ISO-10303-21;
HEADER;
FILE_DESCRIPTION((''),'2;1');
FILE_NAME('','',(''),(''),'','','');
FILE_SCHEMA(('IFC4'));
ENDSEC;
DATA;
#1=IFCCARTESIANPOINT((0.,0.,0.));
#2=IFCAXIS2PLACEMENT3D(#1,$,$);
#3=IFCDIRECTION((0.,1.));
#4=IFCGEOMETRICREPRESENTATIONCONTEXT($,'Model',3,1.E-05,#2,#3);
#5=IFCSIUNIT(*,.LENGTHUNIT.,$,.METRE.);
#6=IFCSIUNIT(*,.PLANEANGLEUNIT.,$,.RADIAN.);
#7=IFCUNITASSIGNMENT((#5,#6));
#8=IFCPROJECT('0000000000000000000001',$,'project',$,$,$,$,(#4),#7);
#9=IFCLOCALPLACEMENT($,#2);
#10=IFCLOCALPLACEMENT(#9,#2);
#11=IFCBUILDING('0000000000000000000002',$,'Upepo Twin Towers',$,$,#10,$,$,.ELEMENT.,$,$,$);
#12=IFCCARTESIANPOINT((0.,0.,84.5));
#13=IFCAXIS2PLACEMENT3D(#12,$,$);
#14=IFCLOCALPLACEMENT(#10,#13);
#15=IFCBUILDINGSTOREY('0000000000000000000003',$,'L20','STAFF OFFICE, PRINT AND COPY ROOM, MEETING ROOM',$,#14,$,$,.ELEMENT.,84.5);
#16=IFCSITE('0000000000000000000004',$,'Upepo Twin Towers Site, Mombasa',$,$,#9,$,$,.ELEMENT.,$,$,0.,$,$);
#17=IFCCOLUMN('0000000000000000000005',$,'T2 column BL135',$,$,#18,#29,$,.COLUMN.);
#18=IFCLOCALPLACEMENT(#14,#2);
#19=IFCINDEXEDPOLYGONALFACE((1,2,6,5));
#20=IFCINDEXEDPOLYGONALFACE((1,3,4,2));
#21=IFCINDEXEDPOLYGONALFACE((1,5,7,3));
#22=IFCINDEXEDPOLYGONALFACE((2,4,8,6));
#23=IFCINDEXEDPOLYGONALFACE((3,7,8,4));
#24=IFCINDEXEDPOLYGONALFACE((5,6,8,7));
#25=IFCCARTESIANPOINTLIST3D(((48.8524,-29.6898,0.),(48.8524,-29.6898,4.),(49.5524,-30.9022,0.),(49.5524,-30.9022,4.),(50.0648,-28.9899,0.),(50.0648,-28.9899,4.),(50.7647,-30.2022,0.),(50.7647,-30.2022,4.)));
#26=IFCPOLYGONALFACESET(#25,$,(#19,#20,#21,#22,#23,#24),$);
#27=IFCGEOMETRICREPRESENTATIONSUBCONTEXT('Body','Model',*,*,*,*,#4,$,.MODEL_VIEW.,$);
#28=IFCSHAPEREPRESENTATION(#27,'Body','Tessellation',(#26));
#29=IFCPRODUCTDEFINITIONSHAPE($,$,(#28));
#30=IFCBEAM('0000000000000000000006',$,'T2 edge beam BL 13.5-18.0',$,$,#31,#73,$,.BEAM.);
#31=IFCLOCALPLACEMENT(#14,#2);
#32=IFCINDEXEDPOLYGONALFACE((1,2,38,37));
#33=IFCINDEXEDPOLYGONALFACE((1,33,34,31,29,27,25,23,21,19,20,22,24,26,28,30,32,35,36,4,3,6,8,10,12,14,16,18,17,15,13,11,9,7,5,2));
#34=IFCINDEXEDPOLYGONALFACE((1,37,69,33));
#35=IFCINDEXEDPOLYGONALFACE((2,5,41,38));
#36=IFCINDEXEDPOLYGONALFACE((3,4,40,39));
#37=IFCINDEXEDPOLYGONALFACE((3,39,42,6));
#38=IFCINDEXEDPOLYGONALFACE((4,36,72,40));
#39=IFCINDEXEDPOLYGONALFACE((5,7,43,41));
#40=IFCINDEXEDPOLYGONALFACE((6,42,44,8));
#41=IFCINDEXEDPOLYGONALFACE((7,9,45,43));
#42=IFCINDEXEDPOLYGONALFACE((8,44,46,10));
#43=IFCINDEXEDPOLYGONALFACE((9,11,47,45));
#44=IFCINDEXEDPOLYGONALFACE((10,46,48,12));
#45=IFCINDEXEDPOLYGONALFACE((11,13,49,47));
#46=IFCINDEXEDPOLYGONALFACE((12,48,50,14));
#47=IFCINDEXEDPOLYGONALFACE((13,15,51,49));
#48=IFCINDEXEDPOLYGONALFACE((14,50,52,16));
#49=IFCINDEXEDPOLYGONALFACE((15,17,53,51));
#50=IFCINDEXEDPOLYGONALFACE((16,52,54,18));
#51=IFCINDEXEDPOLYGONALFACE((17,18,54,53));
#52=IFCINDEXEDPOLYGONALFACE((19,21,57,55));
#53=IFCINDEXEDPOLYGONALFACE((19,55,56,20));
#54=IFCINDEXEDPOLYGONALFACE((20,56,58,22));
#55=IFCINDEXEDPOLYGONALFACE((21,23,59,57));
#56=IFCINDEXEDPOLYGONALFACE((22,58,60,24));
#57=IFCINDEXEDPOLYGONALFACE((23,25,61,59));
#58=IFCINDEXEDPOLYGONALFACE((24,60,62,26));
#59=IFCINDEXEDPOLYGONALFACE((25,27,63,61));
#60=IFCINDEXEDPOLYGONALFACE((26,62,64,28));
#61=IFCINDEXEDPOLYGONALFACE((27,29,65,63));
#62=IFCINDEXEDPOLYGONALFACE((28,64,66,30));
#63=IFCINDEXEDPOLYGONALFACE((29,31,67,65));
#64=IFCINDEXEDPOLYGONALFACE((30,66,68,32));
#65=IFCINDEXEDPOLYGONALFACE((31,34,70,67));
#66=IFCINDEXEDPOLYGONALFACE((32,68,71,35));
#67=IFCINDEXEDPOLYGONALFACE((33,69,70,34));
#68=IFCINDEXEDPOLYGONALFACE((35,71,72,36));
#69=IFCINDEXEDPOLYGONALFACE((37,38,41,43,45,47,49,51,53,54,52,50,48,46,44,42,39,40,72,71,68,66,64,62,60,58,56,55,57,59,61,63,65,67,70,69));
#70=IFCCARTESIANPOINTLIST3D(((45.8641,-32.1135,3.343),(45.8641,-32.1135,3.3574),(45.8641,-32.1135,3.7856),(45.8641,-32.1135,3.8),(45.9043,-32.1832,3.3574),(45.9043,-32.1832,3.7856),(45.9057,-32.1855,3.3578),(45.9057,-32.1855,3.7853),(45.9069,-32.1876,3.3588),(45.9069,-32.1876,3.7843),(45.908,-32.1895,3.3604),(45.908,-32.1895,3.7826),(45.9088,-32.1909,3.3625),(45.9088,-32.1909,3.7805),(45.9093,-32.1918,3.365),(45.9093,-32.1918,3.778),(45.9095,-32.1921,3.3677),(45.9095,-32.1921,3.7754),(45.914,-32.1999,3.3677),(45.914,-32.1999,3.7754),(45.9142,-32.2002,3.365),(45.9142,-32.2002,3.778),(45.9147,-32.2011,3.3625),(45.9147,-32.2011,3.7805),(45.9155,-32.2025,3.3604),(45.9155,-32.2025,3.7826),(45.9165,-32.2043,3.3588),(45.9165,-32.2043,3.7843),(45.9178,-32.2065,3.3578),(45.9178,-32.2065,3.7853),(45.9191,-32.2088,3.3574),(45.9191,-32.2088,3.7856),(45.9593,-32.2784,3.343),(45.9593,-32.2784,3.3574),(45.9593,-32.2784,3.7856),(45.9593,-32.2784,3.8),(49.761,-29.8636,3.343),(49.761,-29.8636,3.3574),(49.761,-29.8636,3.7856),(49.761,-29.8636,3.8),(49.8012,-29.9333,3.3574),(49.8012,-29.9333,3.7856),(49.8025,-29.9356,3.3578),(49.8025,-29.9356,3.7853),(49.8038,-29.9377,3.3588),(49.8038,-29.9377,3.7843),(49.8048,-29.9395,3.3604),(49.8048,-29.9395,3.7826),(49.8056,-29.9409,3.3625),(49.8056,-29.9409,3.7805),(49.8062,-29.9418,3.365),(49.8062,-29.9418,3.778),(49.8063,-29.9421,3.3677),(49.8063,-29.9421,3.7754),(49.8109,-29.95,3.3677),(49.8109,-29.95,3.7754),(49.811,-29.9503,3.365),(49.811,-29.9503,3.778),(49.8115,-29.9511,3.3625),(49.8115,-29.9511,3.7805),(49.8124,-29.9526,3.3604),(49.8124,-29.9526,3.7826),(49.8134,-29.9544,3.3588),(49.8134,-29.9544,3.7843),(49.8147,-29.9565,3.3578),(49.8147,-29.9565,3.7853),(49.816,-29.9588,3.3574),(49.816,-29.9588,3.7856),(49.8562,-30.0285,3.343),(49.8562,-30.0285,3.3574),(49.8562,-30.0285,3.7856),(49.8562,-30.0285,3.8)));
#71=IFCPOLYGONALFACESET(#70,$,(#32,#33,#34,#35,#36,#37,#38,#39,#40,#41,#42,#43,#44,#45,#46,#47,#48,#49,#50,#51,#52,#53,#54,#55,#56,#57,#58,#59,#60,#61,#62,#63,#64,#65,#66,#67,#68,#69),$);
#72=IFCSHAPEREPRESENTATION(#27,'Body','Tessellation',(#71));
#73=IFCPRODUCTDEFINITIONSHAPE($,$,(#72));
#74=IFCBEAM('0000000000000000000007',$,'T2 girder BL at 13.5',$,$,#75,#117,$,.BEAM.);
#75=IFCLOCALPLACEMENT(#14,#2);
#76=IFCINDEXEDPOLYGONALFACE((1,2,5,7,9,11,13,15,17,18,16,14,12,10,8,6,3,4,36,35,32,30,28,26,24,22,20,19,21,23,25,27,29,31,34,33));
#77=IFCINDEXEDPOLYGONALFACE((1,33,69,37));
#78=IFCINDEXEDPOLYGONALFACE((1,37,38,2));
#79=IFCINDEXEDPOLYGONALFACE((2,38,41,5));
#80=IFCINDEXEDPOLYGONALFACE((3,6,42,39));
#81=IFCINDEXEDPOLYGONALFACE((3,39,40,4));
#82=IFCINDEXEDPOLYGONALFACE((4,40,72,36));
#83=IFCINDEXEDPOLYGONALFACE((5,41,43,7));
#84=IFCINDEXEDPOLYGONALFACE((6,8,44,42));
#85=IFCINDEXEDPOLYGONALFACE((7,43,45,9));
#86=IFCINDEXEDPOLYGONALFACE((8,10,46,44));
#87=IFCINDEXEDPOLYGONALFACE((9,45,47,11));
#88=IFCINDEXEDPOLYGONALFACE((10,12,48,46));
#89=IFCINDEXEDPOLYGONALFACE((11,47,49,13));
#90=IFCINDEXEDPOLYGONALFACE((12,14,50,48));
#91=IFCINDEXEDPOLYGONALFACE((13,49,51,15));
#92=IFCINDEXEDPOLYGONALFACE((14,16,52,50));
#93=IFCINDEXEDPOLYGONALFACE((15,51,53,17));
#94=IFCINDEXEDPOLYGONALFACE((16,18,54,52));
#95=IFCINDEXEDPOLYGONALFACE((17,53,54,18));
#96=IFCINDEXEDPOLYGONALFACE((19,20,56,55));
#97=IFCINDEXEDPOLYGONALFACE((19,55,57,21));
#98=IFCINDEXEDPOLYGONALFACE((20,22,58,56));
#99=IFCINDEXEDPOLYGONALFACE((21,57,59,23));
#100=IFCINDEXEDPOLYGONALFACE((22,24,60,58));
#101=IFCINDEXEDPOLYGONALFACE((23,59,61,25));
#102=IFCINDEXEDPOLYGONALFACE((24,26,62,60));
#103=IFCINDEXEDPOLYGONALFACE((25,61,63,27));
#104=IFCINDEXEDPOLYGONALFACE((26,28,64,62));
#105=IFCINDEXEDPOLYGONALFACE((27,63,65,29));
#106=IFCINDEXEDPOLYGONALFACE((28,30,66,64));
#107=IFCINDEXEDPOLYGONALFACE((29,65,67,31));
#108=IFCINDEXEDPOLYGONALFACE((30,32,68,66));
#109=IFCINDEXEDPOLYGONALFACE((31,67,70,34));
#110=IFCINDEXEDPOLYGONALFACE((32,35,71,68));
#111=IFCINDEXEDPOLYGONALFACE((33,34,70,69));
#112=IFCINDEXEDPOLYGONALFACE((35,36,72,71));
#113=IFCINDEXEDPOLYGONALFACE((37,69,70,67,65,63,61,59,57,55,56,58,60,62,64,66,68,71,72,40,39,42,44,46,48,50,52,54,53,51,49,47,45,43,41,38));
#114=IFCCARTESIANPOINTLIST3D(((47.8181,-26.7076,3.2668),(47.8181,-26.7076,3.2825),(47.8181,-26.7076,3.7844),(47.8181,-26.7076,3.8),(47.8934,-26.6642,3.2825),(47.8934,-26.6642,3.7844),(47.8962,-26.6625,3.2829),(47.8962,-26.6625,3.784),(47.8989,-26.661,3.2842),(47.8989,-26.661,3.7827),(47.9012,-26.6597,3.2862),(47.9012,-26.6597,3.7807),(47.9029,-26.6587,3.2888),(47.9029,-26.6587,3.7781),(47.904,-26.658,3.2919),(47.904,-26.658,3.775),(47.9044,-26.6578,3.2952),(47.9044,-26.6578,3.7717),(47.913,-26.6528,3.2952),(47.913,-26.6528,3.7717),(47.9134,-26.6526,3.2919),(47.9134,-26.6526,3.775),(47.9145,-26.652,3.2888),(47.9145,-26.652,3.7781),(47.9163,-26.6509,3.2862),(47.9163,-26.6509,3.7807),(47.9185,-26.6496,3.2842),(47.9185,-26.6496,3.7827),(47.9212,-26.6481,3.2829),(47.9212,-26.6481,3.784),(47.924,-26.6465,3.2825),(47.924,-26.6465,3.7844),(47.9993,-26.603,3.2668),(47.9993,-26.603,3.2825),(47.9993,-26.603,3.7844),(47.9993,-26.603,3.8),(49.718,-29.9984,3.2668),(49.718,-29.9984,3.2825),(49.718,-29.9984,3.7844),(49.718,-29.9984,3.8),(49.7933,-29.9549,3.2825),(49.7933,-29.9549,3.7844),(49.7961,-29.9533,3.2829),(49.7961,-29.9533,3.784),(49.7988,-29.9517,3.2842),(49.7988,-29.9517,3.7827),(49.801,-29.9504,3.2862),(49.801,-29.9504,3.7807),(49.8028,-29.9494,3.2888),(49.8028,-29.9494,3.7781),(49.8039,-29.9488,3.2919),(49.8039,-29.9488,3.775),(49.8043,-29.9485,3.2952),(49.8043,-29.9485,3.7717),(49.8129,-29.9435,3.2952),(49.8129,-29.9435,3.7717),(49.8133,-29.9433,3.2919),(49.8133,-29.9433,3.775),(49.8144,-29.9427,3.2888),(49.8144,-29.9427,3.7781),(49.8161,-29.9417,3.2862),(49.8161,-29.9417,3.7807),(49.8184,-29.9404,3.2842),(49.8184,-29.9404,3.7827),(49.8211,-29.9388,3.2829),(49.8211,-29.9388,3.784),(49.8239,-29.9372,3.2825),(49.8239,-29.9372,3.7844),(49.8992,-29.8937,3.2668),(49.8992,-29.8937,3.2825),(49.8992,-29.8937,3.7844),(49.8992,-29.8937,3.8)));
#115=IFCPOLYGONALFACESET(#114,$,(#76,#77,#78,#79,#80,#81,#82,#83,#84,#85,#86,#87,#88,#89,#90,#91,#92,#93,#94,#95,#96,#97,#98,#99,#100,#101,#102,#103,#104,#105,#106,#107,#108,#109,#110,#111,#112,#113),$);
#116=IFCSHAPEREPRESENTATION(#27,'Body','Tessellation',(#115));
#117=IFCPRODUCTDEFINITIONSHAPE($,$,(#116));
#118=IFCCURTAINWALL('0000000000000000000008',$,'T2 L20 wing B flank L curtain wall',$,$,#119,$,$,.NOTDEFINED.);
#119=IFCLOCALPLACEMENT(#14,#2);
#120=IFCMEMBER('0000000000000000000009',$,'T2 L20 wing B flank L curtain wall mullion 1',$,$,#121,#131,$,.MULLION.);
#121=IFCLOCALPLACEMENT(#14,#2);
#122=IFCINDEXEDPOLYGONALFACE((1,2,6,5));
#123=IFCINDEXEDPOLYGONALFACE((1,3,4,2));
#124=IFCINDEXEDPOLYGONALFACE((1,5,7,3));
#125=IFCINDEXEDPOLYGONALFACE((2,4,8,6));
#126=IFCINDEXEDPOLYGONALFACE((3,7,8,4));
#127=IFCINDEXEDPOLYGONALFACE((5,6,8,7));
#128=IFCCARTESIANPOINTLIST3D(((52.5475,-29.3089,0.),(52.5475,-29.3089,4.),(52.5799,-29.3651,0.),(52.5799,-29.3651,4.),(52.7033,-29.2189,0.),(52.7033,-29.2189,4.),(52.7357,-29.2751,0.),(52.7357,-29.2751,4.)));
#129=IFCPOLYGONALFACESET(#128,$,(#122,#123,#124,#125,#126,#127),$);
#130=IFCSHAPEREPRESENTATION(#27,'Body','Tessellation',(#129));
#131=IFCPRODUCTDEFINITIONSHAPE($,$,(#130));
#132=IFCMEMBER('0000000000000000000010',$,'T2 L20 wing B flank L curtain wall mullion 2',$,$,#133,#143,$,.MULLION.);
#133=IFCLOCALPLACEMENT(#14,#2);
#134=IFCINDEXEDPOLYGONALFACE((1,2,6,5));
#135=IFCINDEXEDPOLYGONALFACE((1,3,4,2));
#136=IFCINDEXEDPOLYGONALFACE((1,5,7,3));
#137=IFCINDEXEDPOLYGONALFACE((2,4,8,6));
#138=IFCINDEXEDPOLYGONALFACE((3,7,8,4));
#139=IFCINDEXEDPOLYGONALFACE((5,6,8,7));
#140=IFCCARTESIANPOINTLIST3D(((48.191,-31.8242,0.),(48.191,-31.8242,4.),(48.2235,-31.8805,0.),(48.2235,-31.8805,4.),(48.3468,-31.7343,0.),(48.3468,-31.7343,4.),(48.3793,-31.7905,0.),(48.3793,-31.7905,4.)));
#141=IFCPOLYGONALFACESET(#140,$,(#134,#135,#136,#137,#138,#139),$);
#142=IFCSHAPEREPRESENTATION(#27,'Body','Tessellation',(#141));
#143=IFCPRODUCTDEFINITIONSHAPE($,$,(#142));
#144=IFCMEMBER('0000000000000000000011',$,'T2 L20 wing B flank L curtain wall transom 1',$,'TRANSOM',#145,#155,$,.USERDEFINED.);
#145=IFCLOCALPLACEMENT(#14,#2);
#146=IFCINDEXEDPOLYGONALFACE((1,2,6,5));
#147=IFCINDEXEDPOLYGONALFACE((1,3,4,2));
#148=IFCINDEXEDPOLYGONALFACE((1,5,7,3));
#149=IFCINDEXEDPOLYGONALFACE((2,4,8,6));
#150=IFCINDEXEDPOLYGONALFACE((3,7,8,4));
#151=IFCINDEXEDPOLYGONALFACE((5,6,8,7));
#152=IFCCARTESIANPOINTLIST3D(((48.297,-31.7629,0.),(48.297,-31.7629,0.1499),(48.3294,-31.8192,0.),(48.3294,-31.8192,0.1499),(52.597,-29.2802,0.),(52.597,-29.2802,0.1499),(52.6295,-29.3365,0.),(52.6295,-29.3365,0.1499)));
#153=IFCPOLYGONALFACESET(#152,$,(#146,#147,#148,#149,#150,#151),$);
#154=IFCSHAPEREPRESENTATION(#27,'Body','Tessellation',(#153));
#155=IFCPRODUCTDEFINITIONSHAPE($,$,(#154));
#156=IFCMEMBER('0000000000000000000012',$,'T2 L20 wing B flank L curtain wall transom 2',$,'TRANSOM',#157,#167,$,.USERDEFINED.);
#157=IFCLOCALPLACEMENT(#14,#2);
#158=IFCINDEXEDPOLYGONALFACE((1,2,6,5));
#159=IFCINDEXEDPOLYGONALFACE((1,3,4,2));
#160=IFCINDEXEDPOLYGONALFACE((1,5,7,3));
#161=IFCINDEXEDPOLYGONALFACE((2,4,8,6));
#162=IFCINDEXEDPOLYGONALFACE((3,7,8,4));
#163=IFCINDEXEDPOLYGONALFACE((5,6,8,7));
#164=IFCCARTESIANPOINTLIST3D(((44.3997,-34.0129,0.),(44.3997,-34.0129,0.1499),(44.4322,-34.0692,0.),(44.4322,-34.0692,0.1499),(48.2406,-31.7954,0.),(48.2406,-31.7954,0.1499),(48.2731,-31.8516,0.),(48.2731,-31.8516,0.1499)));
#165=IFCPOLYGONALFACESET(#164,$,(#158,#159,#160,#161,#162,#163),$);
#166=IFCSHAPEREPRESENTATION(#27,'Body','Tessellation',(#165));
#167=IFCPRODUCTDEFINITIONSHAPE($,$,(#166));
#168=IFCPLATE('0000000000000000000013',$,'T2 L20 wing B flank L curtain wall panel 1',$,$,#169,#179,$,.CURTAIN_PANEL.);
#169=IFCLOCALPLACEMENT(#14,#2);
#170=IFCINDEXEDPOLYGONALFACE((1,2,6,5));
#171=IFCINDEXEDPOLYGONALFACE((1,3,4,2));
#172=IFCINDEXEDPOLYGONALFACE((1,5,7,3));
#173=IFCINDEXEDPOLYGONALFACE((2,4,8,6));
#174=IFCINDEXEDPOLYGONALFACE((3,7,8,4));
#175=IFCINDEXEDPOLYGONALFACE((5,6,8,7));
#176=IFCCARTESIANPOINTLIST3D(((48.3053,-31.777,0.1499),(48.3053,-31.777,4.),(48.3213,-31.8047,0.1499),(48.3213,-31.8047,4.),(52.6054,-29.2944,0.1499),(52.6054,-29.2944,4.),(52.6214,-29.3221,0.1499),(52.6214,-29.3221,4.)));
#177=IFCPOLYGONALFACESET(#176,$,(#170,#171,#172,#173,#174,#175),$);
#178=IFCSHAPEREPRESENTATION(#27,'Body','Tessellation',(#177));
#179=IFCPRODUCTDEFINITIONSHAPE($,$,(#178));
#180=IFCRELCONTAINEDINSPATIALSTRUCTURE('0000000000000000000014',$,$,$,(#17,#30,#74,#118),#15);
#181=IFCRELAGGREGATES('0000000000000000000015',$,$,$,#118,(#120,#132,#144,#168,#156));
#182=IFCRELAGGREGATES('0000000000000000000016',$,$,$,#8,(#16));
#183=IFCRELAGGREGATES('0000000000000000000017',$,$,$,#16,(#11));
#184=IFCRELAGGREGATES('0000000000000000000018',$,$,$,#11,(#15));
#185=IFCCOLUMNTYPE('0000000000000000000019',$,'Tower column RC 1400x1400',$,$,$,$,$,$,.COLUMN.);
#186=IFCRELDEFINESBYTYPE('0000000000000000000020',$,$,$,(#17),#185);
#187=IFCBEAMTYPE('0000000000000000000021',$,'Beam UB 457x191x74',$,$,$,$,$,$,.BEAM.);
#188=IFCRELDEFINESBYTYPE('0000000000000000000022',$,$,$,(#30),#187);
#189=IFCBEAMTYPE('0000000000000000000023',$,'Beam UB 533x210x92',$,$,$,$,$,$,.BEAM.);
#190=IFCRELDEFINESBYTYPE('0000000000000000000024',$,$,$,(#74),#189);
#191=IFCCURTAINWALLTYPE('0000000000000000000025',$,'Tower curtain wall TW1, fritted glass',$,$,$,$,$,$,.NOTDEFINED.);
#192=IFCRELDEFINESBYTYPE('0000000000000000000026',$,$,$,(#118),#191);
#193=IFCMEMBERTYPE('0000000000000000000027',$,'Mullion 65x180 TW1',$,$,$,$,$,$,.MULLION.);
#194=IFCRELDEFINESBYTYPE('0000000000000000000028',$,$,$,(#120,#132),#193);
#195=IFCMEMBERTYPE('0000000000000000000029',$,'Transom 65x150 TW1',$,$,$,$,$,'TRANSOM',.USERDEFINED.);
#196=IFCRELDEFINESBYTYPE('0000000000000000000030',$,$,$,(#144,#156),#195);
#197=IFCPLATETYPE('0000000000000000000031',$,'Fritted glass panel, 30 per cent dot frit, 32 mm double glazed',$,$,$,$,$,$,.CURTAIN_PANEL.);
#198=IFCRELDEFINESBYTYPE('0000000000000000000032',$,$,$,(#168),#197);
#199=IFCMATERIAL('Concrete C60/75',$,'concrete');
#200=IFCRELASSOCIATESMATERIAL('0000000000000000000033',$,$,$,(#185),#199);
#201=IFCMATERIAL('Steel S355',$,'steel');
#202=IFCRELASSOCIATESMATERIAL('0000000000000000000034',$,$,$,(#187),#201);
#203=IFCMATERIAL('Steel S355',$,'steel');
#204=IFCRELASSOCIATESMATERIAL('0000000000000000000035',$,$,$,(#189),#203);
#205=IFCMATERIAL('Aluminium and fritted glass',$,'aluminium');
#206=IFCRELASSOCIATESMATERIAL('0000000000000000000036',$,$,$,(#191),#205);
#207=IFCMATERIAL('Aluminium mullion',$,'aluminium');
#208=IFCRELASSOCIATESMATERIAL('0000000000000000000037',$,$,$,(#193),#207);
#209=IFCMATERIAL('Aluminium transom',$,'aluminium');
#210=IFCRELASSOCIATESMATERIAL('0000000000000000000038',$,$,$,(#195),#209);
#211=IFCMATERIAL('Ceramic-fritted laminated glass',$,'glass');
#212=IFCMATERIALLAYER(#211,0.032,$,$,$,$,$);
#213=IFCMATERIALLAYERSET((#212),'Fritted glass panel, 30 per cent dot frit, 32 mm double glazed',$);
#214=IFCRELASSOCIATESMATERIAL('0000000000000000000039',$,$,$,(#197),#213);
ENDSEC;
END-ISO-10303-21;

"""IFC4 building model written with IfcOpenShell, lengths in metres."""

from ifc_helpers import new_model, si_unit, direction, frame, origin, origin_2d, place, context, subcontext, project, spatial, rectangle, i_section, extrude, material, layer, layer_set, material_profile, profile_set, type_object, element, aggregate, save


model = new_model("IFC4")

# Units and contexts
model_context = context("Model", 3, precision=1e-05, world=origin(), true_north=direction((0.0, 1.0)))
body_context = subcontext(model_context, "Body", "Model", "MODEL_VIEW")
ifc_project = project(units=[si_unit("LENGTHUNIT", "METRE"), si_unit("PLANEANGLEUNIT", "RADIAN")], contexts=[model_context])

# Site, building, storey
site_placement = place(None, origin())
site = spatial("IfcSite", under=ifc_project, at=site_placement, Name="Upepo Twin Towers Site, Mombasa", CompositionType="ELEMENT", RefElevation=0.0)
building_placement = place(site_placement, origin())
building = spatial("IfcBuilding", under=site, at=building_placement, Name="Upepo Twin Towers", CompositionType="ELEMENT")
storey_placement = place(building_placement, frame((0.0, 0.0, 84.5)))
storey = spatial("IfcBuildingStorey", under=building, at=storey_placement, Name="L20", Description="STAFF OFFICE, PRINT AND COPY ROOM, MEETING ROOM", CompositionType="ELEMENT", Elevation=84.5)

# Column
ifc_material_1 = material(Name="Concrete C60/75", Category="concrete")
ifc_material_profile_1 = material_profile(ifc_material_1, rectangle(XDim=1.3999, YDim=1.3999, at=origin_2d()), Name="RC 1400x1400")
ifc_profile_set_1 = profile_set([ifc_material_profile_1], Name="Concrete C60/75")
column_type = type_object("IfcColumnType", Name="Tower column RC 1400x1400", PredefinedType="COLUMN", material=ifc_profile_set_1)
column_placement = place(storey_placement, frame((49.8086, -29.946, 0.0), z_axis=(0.0, 0.0, 1.0), x_axis=(0.866025, 0.5, 0.0)))
element("IfcColumn", 1, at=column_placement, inside=storey, type_object=column_type, Name="T2 column BL135", PredefinedType="COLUMN", context=body_context, shape_type="SweptSolid", body=[
    extrude(rectangle(XDim=1.3999, YDim=1.3999, at=origin_2d()), origin(), (0.0, 0.0, 1.0), 4.0),
])

# Beams
ifc_material_2 = material(Name="Steel S355", Category="steel")
ifc_material_profile_2 = material_profile(ifc_material_2, i_section(OverallWidth=0.1904, OverallDepth=0.457, WebThickness=0.009, FlangeThickness=0.0144, FilletRadius=0.0103, at=origin_2d()), Name="UB 457x191x74")
ifc_profile_set_2 = profile_set([ifc_material_profile_2], Name="Steel S355")
beam_type_1 = type_object("IfcBeamType", Name="Beam UB 457x191x74", PredefinedType="BEAM", material=ifc_profile_set_2)
beam_1_placement = place(storey_placement, frame((49.8086, -29.946, 3.5715), z_axis=(-0.866018, -0.500014, 0.0), x_axis=(0.500014, -0.866018, 0.0)))
element("IfcBeam", 2, at=beam_1_placement, inside=storey, type_object=beam_type_1, Name="T2 edge beam BL 13.5-18.0", PredefinedType="BEAM", context=body_context, shape_type="SweptSolid", body=[
    extrude(i_section(OverallWidth=0.1904, OverallDepth=0.457, WebThickness=0.009, FlangeThickness=0.0144, FilletRadius=0.0103, at=origin_2d()), origin(), (0.0, 0.0, 1.0), 4.4998),
])
ifc_material_3 = material(Name="Steel S355", Category="steel")
ifc_material_profile_3 = material_profile(ifc_material_3, i_section(OverallWidth=0.2092, OverallDepth=0.5332, WebThickness=0.01, FlangeThickness=0.0156, FilletRadius=0.0127, at=origin_2d()), Name="UB 533x210x92")
ifc_profile_set_3 = profile_set([ifc_material_profile_3], Name="Steel S355")
beam_type_2 = type_object("IfcBeamType", Name="Beam UB 533x210x92", PredefinedType="BEAM", material=ifc_profile_set_3)
beam_2_placement = place(storey_placement, frame((49.8086, -29.946, 3.5334), z_axis=(-0.499995, 0.866028, 0.0), x_axis=(-0.866028, -0.499995, 0.0)))
element("IfcBeam", 3, at=beam_2_placement, inside=storey, type_object=beam_type_2, Name="T2 girder BL at 13.5", PredefinedType="BEAM", context=body_context, shape_type="SweptSolid", body=[
    extrude(i_section(OverallWidth=0.2092, OverallDepth=0.5332, WebThickness=0.01, FlangeThickness=0.0156, FilletRadius=0.0127, at=origin_2d()), origin(), (0.0, 0.0, 1.0), 3.7998),
])

# Curtain wall, members, plate
ifc_material_4 = material(Name="Aluminium and fritted glass", Category="aluminium")
curtain_wall_type = type_object("IfcCurtainWallType", Name="Tower curtain wall TW1, fritted glass", PredefinedType="NOTDEFINED", material=ifc_material_4)
curtain_wall_placement = place(storey_placement, origin())
curtain_wall = element("IfcCurtainWall", 4, at=curtain_wall_placement, inside=storey, type_object=curtain_wall_type, Name="T2 L20 wing B flank L curtain wall", PredefinedType="NOTDEFINED")
ifc_material_5 = material(Name="Aluminium mullion", Category="aluminium")
ifc_material_profile_4 = material_profile(ifc_material_5, rectangle(XDim=0.0649, YDim=0.1799, at=origin_2d()), Name="MULLION 65x180")
ifc_profile_set_4 = profile_set([ifc_material_profile_4], Name="Aluminium mullion")
member_type_1 = type_object("IfcMemberType", Name="Mullion 65x180 TW1", PredefinedType="MULLION", material=ifc_profile_set_4)
member_1_placement = place(storey_placement, frame((52.6416, -29.292, 0.0), z_axis=(0.0, 0.0, 1.0), x_axis=(0.5, -0.866025, 0.0)))
member_1 = element("IfcMember", 5, at=member_1_placement, type_object=member_type_1, Name="T2 L20 wing B flank L curtain wall mullion 1", PredefinedType="MULLION", context=body_context, shape_type="SweptSolid", body=[
    extrude(rectangle(XDim=0.0649, YDim=0.1799, at=origin_2d()), origin(), (0.0, 0.0, 1.0), 4.0),
])
member_2_placement = place(storey_placement, frame((48.2852, -31.8074, 0.0), z_axis=(0.0, 0.0, 1.0), x_axis=(0.5, -0.866025, 0.0)))
member_2 = element("IfcMember", 6, at=member_2_placement, type_object=member_type_1, Name="T2 L20 wing B flank L curtain wall mullion 2", PredefinedType="MULLION", context=body_context, shape_type="SweptSolid", body=[
    extrude(rectangle(XDim=0.0649, YDim=0.1799, at=origin_2d()), origin(), (0.0, 0.0, 1.0), 4.0),
])
ifc_material_6 = material(Name="Aluminium transom", Category="aluminium")
ifc_material_profile_5 = material_profile(ifc_material_6, rectangle(XDim=0.0649, YDim=0.1499, at=origin_2d()), Name="TRANSOM 65x150")
ifc_profile_set_5 = profile_set([ifc_material_profile_5], Name="Aluminium transom")
member_type_2 = type_object("IfcMemberType", Name="Transom 65x150 TW1", ElementType="TRANSOM", PredefinedType="USERDEFINED", material=ifc_profile_set_5)
member_3_placement = place(storey_placement, frame((52.6133, -29.3083, 0.075), z_axis=(-0.866023, -0.500005, 0.0), x_axis=(0.500005, -0.866023, 0.0)))
member_3 = element("IfcMember", 7, at=member_3_placement, type_object=member_type_2, Name="T2 L20 wing B flank L curtain wall transom 1", ObjectType="TRANSOM", PredefinedType="USERDEFINED", context=body_context, shape_type="SweptSolid", body=[
    extrude(rectangle(XDim=0.0649, YDim=0.1499, at=origin_2d()), origin(), (0.0, 0.0, 1.0), 4.9653),
])
member_4_placement = place(storey_placement, frame((48.2568, -31.8235, 0.075), z_axis=(-0.866022, -0.500005, 0.0), x_axis=(0.500005, -0.866022, 0.0)))
member_4 = element("IfcMember", 8, at=member_4_placement, type_object=member_type_2, Name="T2 L20 wing B flank L curtain wall transom 2", ObjectType="TRANSOM", PredefinedType="USERDEFINED", context=body_context, shape_type="SweptSolid", body=[
    extrude(rectangle(XDim=0.0649, YDim=0.1499, at=origin_2d()), origin(), (0.0, 0.0, 1.0), 4.4351),
])
ifc_material_7 = material(Name="Ceramic-fritted laminated glass", Category="glass")
ifc_layer_1 = layer(ifc_material_7, 0.032)
ifc_layer_set_1 = layer_set([ifc_layer_1], Name="Fritted glass panel, 30 per cent dot frit, 32 mm double glazed")
plate_type = type_object("IfcPlateType", Name="Fritted glass panel, 30 per cent dot frit, 32 mm double glazed", PredefinedType="CURTAIN_PANEL", material=ifc_layer_set_1)
plate_1_placement = place(storey_placement, frame((50.4634, -30.5496, 0.1499), z_axis=(0.0, 0.0, 1.0), x_axis=(-0.866025, -0.5, 0.0)))
plate_1 = element("IfcPlate", 9, at=plate_1_placement, type_object=plate_type, Name="T2 L20 wing B flank L curtain wall panel 1", PredefinedType="CURTAIN_PANEL", context=body_context, shape_type="SweptSolid", body=[
    extrude(rectangle(XDim=4.9653, YDim=0.032, at=origin_2d()), origin(), (0.0, 0.0, 1.0), 3.8501),
])
aggregate(curtain_wall, [member_1, member_2, member_3, plate_1, member_4])

save(model, "model.ifc")
